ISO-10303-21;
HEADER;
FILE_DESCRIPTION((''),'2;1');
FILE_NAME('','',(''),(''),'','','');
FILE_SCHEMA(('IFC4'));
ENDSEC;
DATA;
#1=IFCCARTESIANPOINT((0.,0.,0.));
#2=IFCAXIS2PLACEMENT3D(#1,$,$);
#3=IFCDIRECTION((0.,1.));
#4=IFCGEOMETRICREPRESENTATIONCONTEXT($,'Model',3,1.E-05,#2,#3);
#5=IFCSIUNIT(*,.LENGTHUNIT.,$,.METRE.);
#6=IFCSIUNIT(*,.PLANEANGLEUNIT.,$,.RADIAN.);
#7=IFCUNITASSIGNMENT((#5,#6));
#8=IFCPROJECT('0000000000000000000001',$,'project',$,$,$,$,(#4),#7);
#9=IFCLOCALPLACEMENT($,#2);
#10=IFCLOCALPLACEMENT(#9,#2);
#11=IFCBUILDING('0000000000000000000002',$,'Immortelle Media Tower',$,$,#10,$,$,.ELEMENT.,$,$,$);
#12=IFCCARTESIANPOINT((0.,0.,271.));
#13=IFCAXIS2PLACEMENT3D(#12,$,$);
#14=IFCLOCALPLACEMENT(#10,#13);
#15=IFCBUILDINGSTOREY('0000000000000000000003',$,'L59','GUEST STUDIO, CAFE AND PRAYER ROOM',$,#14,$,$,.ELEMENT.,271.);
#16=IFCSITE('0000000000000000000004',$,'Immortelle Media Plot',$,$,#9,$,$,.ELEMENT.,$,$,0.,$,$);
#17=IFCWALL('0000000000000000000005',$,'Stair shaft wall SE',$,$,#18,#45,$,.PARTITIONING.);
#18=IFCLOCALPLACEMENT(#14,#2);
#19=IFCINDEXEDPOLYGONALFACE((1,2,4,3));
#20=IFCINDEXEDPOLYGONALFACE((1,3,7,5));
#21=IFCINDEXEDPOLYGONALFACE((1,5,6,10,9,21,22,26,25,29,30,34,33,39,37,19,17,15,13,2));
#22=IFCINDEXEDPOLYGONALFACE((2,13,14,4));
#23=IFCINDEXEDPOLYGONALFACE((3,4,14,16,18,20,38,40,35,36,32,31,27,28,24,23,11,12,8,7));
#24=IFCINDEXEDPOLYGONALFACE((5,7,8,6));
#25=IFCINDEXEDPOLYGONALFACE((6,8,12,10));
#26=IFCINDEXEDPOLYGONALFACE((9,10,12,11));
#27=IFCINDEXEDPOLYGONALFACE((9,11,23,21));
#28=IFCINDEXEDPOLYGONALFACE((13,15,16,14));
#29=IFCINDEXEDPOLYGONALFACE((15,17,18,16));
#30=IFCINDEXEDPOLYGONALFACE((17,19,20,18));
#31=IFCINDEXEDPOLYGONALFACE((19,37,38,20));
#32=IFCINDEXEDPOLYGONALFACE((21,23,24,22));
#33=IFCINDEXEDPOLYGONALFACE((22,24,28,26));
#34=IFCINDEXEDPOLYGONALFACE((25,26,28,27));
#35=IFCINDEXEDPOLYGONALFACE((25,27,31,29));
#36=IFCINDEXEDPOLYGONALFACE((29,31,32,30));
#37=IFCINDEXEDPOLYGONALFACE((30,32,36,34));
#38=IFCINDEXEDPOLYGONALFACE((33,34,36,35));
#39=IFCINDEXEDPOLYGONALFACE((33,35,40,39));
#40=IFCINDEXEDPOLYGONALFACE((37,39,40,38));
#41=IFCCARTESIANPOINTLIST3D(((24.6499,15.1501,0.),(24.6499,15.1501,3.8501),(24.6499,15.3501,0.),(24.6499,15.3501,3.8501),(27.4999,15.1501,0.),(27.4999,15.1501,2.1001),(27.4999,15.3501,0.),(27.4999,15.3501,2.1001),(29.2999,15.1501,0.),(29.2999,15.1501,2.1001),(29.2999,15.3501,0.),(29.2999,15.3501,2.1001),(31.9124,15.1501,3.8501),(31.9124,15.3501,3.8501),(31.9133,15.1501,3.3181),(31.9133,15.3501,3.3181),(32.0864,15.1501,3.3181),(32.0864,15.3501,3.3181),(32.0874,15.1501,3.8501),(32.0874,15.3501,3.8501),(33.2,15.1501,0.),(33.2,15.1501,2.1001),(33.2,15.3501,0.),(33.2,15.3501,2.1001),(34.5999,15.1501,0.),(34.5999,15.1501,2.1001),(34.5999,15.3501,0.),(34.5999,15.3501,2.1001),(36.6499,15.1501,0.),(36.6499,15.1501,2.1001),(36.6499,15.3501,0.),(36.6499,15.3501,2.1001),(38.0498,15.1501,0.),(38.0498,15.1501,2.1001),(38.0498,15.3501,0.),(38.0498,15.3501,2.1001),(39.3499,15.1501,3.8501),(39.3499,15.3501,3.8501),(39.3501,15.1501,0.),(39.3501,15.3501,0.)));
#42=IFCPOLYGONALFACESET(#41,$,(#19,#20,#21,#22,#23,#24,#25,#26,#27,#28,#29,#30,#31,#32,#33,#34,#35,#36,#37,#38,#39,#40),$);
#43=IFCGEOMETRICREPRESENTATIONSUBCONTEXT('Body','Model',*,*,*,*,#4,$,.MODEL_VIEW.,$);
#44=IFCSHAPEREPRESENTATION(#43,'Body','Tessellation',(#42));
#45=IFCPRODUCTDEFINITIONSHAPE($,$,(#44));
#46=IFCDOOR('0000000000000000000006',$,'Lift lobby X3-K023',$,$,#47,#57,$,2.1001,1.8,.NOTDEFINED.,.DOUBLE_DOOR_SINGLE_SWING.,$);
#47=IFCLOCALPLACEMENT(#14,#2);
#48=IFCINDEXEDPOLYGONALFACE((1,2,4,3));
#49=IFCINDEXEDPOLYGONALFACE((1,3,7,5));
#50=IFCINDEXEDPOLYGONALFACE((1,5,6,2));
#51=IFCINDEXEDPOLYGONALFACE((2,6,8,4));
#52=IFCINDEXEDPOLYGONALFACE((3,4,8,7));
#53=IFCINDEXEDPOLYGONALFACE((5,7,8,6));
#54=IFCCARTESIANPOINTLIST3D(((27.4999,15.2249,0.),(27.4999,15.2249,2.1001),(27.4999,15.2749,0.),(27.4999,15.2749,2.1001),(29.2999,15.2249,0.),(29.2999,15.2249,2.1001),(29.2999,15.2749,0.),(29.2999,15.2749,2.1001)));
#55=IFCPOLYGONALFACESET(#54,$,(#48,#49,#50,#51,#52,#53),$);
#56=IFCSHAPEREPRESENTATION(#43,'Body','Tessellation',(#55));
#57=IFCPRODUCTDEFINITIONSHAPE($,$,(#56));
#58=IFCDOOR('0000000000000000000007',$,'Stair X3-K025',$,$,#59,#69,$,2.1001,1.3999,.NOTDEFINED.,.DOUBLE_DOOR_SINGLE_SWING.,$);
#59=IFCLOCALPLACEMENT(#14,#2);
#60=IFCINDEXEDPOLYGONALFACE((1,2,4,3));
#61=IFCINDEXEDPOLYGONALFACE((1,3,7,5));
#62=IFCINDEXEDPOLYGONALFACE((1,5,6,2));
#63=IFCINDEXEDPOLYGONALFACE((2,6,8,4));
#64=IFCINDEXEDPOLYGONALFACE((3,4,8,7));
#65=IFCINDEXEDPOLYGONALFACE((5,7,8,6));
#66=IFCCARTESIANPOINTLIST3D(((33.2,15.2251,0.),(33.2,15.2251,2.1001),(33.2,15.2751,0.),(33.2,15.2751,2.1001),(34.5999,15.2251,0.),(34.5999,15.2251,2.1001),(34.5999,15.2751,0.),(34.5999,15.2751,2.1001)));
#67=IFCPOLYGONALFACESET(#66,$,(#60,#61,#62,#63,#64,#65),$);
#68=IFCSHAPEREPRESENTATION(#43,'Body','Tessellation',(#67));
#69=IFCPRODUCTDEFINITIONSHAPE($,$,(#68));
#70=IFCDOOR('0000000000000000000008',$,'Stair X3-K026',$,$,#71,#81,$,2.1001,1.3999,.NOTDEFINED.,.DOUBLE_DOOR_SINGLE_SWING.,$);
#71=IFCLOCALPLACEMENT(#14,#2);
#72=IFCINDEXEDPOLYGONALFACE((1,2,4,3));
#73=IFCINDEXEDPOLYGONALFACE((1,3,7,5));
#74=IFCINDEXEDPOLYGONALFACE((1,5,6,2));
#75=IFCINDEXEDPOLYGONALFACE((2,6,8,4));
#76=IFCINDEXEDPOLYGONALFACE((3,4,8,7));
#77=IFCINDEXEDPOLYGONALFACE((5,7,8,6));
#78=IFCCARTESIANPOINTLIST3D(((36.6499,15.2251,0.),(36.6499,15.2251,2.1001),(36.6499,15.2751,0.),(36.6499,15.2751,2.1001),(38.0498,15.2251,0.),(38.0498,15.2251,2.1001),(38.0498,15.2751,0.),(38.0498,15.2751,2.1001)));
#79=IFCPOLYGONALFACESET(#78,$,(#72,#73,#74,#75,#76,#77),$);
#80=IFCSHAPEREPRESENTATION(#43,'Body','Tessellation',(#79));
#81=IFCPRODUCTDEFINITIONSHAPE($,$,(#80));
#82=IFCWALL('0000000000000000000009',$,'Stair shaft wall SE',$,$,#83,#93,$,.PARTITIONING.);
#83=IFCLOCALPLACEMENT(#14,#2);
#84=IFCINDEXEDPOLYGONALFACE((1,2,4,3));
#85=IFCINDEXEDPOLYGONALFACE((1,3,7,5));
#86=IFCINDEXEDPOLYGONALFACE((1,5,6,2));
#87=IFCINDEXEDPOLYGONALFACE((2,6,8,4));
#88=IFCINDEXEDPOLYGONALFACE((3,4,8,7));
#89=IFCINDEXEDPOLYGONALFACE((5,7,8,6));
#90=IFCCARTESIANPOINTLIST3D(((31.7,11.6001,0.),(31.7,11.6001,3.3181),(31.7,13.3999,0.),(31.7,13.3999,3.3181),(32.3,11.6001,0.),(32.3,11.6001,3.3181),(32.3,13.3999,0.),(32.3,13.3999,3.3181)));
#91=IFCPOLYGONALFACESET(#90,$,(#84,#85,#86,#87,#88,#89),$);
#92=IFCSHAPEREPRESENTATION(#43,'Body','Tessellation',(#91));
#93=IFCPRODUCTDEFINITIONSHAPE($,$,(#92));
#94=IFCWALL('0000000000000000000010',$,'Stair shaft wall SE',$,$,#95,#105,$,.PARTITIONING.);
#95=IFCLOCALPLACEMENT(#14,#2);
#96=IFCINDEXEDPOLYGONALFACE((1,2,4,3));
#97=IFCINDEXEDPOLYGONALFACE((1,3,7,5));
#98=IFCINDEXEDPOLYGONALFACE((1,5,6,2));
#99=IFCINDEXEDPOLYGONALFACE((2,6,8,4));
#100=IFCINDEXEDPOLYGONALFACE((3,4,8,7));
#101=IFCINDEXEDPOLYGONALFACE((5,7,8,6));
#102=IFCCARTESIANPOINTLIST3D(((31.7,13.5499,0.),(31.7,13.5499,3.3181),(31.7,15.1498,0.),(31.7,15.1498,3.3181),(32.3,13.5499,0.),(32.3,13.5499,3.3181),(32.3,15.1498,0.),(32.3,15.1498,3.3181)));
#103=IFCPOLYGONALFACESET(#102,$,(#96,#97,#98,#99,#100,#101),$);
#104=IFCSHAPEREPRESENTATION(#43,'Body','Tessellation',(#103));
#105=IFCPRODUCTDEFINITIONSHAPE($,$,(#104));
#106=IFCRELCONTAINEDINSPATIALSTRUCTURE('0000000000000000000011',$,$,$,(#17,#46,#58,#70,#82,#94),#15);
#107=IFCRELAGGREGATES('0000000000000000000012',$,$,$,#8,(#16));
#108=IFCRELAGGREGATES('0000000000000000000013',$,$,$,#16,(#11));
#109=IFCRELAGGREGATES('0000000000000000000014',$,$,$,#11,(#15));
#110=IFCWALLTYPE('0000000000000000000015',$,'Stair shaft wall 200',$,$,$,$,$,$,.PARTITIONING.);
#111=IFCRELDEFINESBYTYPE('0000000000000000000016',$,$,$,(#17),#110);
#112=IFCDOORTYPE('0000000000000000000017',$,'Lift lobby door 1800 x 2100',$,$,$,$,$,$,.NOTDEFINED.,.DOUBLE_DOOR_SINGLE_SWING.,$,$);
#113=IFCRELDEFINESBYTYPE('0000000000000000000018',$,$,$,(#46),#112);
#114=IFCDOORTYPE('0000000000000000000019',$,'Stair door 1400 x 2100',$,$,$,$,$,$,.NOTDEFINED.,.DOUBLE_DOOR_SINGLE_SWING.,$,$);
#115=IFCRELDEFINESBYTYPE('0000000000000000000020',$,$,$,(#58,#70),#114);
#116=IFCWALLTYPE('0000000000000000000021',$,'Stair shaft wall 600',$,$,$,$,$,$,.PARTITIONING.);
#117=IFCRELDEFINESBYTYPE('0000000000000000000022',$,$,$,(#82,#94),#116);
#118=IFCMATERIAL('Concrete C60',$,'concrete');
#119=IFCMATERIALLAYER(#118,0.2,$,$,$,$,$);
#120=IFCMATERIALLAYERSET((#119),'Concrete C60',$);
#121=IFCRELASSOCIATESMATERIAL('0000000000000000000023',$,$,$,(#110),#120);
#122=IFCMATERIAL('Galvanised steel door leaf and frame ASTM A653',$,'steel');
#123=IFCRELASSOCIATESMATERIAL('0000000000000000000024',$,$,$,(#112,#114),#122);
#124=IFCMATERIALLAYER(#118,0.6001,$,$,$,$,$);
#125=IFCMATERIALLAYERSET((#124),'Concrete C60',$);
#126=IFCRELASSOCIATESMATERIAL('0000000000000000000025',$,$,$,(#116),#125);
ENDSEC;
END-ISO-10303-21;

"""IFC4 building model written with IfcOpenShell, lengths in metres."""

from ifc_helpers import new_model, si_unit, direction, frame, frame_2d, origin, place, context, subcontext, project, spatial, polyline, rectangle, outline, extrude, material, layer, layer_set, type_object, element, fill, save


model = new_model("IFC4")

# Units and contexts
model_context = context("Model", 3, precision=1e-05, world=origin(), true_north=direction((0.0, 1.0)))
body_context = subcontext(model_context, "Body", "Model", "MODEL_VIEW")
ifc_project = project(units=[si_unit("LENGTHUNIT", "METRE"), si_unit("PLANEANGLEUNIT", "RADIAN")], contexts=[model_context])

# Site, building, storey
site_placement = place(None, origin())
site = spatial("IfcSite", under=ifc_project, at=site_placement, Name="Immortelle Media Plot", CompositionType="ELEMENT", RefElevation=0.0)
building_placement = place(site_placement, origin())
building = spatial("IfcBuilding", under=site, at=building_placement, Name="Immortelle Media Tower", CompositionType="ELEMENT")
storey_placement = place(building_placement, frame((0.0, 0.0, 271.0)))
storey = spatial("IfcBuildingStorey", under=building, at=storey_placement, Name="L59", Description="GUEST STUDIO, CAFE AND PRAYER ROOM", CompositionType="ELEMENT", Elevation=271.0)

# Shared definitions
ifc_material_1 = material(Name="Galvanised steel door leaf and frame ASTM A653", Category="steel")

# Wall, openings, doors
ifc_material_2 = material(Name="Concrete C60", Category="concrete")
ifc_layer_1 = layer(ifc_material_2, 0.2)
ifc_layer_set_1 = layer_set([ifc_layer_1], Name="Concrete C60")
wall_type_1 = type_object("IfcWallType", Name="Stair shaft wall 200", PredefinedType="PARTITIONING", material=ifc_layer_set_1)
wall_1_placement = place(storey_placement, frame((24.6499, 15.25, 0.0), z_axis=(0.0, 0.0, 1.0), x_axis=(1.0, 0.0, 0.0)))
wall_1 = element("IfcWall", 1, at=wall_1_placement, inside=storey, type_object=wall_type_1, Name="Stair shaft wall SE", PredefinedType="PARTITIONING", context=body_context, shape_type="SweptSolid", body=[
    extrude(outline(polyline([(0.0, 0.0), (14.7002, 0.0), (14.7, 3.8501), (7.4375, 3.8501), (7.4365, 3.3181), (7.2634, 3.3181), (7.2625, 3.8501), (0.0, 3.8501), (0.0, 0.0)])), frame((0.0, 0.1001, 0.0), z_axis=(0.0, -1.0, 0.0), x_axis=(1.0, 0.0, 0.0)), (0.0, 0.0, 1.0), 0.2),
])
opening_1_placement = place(wall_1_placement, frame((2.8501, 0.0, 0.0)))
opening_1 = element("IfcOpeningElement", 2, at=opening_1_placement, cuts=wall_1, PredefinedType="OPENING", context=body_context, shape_type="SweptSolid", body=[
    extrude(rectangle(XDim=1.8, YDim=2.1001, at=frame_2d((0.8999, 1.05))), frame((0.0, 0.1099, 0.0), z_axis=(0.0, -1.0, 0.0), x_axis=(1.0, 0.0, 0.0)), (0.0, 0.0, 1.0), 0.22),
])
opening_2_placement = place(wall_1_placement, frame((9.95, 0.0, 0.0), z_axis=(0.0, 0.0, 1.0), x_axis=(-1.0, 0.0, 0.0)))
opening_2 = element("IfcOpeningElement", 3, at=opening_2_placement, cuts=wall_1, PredefinedType="OPENING", context=body_context, shape_type="SweptSolid", body=[
    extrude(rectangle(XDim=1.3999, YDim=2.1001, at=frame_2d((0.7, 1.05))), frame((0.0, 0.1099, 0.0), z_axis=(0.0, -1.0, 0.0), x_axis=(1.0, 0.0, 0.0)), (0.0, 0.0, 1.0), 0.22),
])
opening_3_placement = place(wall_1_placement, frame((13.3999, 0.0, 0.0), z_axis=(0.0, 0.0, 1.0), x_axis=(-1.0, 0.0, 0.0)))
opening_3 = element("IfcOpeningElement", 4, at=opening_3_placement, cuts=wall_1, PredefinedType="OPENING", context=body_context, shape_type="SweptSolid", body=[
    extrude(rectangle(XDim=1.3999, YDim=2.1001, at=frame_2d((0.7, 1.05))), frame((0.0, 0.1099, 0.0), z_axis=(0.0, -1.0, 0.0), x_axis=(1.0, 0.0, 0.0)), (0.0, 0.0, 1.0), 0.22),
])
door_type_1 = type_object("IfcDoorType", Name="Lift lobby door 1800 x 2100", OperationType="DOUBLE_DOOR_SINGLE_SWING", PredefinedType="NOTDEFINED", material=ifc_material_1)
door_1_placement = place(opening_1_placement, origin())
door_1 = element("IfcDoor", 5, at=door_1_placement, inside=storey, type_object=door_type_1, Name="Lift lobby X3-K023", OperationType="DOUBLE_DOOR_SINGLE_SWING", OverallHeight=2.1001, OverallWidth=1.8, PredefinedType="NOTDEFINED", context=body_context, shape_type="SweptSolid", body=[
    extrude(rectangle(XDim=1.8, YDim=2.1001, at=frame_2d((0.8999, 1.05))), frame((0.0, 0.0249, 0.0), z_axis=(0.0, -1.0, 0.0), x_axis=(1.0, 0.0, 0.0)), (0.0, 0.0, 1.0), 0.05),
])
fill(opening_1, door_1)
door_type_2 = type_object("IfcDoorType", Name="Stair door 1400 x 2100", OperationType="DOUBLE_DOOR_SINGLE_SWING", PredefinedType="NOTDEFINED", material=ifc_material_1)
door_2_placement = place(opening_2_placement, origin())
door_2 = element("IfcDoor", 6, at=door_2_placement, inside=storey, type_object=door_type_2, Name="Stair X3-K025", OperationType="DOUBLE_DOOR_SINGLE_SWING", OverallHeight=2.1001, OverallWidth=1.3999, PredefinedType="NOTDEFINED", context=body_context, shape_type="SweptSolid", body=[
    extrude(rectangle(XDim=1.3999, YDim=2.1001, at=frame_2d((0.7, 1.05))), frame((0.0, 0.0249, 0.0), z_axis=(0.0, -1.0, 0.0), x_axis=(1.0, 0.0, 0.0)), (0.0, 0.0, 1.0), 0.05),
])
fill(opening_2, door_2)
door_3_placement = place(opening_3_placement, origin())
door_3 = element("IfcDoor", 7, at=door_3_placement, inside=storey, type_object=door_type_2, Name="Stair X3-K026", OperationType="DOUBLE_DOOR_SINGLE_SWING", OverallHeight=2.1001, OverallWidth=1.3999, PredefinedType="NOTDEFINED", context=body_context, shape_type="SweptSolid", body=[
    extrude(rectangle(XDim=1.3999, YDim=2.1001, at=frame_2d((0.7, 1.05))), frame((0.0, 0.0249, 0.0), z_axis=(0.0, -1.0, 0.0), x_axis=(1.0, 0.0, 0.0)), (0.0, 0.0, 1.0), 0.05),
])
fill(opening_3, door_3)

# Walls
ifc_layer_2 = layer(ifc_material_2, 0.6001)
ifc_layer_set_2 = layer_set([ifc_layer_2], Name="Concrete C60")
wall_type_2 = type_object("IfcWallType", Name="Stair shaft wall 600", PredefinedType="PARTITIONING", material=ifc_layer_set_2)
wall_2_placement = place(storey_placement, frame((32.0, 11.6001, 0.0), z_axis=(0.0, 0.0, 1.0), x_axis=(0.0, 1.0, 0.0)))
element("IfcWall", 8, at=wall_2_placement, inside=storey, type_object=wall_type_2, Name="Stair shaft wall SE", PredefinedType="PARTITIONING", context=body_context, shape_type="SweptSolid", body=[
    extrude(rectangle(XDim=1.7998, YDim=0.6001, at=frame_2d((0.8999, 0.0))), origin(), (0.0, 0.0, 1.0), 3.3181),
])
wall_3_placement = place(storey_placement, frame((32.0, 13.55, 0.0), z_axis=(0.0, 0.0, 1.0), x_axis=(0.0, 1.0, 0.0)))
element("IfcWall", 9, at=wall_3_placement, inside=storey, type_object=wall_type_2, Name="Stair shaft wall SE", PredefinedType="PARTITIONING", context=body_context, shape_type="SweptSolid", body=[
    extrude(rectangle(XDim=1.5999, YDim=0.6001, at=frame_2d((0.7998, 0.0))), origin(), (0.0, 0.0, 1.0), 3.3181),
])

save(model, "model.ifc")
